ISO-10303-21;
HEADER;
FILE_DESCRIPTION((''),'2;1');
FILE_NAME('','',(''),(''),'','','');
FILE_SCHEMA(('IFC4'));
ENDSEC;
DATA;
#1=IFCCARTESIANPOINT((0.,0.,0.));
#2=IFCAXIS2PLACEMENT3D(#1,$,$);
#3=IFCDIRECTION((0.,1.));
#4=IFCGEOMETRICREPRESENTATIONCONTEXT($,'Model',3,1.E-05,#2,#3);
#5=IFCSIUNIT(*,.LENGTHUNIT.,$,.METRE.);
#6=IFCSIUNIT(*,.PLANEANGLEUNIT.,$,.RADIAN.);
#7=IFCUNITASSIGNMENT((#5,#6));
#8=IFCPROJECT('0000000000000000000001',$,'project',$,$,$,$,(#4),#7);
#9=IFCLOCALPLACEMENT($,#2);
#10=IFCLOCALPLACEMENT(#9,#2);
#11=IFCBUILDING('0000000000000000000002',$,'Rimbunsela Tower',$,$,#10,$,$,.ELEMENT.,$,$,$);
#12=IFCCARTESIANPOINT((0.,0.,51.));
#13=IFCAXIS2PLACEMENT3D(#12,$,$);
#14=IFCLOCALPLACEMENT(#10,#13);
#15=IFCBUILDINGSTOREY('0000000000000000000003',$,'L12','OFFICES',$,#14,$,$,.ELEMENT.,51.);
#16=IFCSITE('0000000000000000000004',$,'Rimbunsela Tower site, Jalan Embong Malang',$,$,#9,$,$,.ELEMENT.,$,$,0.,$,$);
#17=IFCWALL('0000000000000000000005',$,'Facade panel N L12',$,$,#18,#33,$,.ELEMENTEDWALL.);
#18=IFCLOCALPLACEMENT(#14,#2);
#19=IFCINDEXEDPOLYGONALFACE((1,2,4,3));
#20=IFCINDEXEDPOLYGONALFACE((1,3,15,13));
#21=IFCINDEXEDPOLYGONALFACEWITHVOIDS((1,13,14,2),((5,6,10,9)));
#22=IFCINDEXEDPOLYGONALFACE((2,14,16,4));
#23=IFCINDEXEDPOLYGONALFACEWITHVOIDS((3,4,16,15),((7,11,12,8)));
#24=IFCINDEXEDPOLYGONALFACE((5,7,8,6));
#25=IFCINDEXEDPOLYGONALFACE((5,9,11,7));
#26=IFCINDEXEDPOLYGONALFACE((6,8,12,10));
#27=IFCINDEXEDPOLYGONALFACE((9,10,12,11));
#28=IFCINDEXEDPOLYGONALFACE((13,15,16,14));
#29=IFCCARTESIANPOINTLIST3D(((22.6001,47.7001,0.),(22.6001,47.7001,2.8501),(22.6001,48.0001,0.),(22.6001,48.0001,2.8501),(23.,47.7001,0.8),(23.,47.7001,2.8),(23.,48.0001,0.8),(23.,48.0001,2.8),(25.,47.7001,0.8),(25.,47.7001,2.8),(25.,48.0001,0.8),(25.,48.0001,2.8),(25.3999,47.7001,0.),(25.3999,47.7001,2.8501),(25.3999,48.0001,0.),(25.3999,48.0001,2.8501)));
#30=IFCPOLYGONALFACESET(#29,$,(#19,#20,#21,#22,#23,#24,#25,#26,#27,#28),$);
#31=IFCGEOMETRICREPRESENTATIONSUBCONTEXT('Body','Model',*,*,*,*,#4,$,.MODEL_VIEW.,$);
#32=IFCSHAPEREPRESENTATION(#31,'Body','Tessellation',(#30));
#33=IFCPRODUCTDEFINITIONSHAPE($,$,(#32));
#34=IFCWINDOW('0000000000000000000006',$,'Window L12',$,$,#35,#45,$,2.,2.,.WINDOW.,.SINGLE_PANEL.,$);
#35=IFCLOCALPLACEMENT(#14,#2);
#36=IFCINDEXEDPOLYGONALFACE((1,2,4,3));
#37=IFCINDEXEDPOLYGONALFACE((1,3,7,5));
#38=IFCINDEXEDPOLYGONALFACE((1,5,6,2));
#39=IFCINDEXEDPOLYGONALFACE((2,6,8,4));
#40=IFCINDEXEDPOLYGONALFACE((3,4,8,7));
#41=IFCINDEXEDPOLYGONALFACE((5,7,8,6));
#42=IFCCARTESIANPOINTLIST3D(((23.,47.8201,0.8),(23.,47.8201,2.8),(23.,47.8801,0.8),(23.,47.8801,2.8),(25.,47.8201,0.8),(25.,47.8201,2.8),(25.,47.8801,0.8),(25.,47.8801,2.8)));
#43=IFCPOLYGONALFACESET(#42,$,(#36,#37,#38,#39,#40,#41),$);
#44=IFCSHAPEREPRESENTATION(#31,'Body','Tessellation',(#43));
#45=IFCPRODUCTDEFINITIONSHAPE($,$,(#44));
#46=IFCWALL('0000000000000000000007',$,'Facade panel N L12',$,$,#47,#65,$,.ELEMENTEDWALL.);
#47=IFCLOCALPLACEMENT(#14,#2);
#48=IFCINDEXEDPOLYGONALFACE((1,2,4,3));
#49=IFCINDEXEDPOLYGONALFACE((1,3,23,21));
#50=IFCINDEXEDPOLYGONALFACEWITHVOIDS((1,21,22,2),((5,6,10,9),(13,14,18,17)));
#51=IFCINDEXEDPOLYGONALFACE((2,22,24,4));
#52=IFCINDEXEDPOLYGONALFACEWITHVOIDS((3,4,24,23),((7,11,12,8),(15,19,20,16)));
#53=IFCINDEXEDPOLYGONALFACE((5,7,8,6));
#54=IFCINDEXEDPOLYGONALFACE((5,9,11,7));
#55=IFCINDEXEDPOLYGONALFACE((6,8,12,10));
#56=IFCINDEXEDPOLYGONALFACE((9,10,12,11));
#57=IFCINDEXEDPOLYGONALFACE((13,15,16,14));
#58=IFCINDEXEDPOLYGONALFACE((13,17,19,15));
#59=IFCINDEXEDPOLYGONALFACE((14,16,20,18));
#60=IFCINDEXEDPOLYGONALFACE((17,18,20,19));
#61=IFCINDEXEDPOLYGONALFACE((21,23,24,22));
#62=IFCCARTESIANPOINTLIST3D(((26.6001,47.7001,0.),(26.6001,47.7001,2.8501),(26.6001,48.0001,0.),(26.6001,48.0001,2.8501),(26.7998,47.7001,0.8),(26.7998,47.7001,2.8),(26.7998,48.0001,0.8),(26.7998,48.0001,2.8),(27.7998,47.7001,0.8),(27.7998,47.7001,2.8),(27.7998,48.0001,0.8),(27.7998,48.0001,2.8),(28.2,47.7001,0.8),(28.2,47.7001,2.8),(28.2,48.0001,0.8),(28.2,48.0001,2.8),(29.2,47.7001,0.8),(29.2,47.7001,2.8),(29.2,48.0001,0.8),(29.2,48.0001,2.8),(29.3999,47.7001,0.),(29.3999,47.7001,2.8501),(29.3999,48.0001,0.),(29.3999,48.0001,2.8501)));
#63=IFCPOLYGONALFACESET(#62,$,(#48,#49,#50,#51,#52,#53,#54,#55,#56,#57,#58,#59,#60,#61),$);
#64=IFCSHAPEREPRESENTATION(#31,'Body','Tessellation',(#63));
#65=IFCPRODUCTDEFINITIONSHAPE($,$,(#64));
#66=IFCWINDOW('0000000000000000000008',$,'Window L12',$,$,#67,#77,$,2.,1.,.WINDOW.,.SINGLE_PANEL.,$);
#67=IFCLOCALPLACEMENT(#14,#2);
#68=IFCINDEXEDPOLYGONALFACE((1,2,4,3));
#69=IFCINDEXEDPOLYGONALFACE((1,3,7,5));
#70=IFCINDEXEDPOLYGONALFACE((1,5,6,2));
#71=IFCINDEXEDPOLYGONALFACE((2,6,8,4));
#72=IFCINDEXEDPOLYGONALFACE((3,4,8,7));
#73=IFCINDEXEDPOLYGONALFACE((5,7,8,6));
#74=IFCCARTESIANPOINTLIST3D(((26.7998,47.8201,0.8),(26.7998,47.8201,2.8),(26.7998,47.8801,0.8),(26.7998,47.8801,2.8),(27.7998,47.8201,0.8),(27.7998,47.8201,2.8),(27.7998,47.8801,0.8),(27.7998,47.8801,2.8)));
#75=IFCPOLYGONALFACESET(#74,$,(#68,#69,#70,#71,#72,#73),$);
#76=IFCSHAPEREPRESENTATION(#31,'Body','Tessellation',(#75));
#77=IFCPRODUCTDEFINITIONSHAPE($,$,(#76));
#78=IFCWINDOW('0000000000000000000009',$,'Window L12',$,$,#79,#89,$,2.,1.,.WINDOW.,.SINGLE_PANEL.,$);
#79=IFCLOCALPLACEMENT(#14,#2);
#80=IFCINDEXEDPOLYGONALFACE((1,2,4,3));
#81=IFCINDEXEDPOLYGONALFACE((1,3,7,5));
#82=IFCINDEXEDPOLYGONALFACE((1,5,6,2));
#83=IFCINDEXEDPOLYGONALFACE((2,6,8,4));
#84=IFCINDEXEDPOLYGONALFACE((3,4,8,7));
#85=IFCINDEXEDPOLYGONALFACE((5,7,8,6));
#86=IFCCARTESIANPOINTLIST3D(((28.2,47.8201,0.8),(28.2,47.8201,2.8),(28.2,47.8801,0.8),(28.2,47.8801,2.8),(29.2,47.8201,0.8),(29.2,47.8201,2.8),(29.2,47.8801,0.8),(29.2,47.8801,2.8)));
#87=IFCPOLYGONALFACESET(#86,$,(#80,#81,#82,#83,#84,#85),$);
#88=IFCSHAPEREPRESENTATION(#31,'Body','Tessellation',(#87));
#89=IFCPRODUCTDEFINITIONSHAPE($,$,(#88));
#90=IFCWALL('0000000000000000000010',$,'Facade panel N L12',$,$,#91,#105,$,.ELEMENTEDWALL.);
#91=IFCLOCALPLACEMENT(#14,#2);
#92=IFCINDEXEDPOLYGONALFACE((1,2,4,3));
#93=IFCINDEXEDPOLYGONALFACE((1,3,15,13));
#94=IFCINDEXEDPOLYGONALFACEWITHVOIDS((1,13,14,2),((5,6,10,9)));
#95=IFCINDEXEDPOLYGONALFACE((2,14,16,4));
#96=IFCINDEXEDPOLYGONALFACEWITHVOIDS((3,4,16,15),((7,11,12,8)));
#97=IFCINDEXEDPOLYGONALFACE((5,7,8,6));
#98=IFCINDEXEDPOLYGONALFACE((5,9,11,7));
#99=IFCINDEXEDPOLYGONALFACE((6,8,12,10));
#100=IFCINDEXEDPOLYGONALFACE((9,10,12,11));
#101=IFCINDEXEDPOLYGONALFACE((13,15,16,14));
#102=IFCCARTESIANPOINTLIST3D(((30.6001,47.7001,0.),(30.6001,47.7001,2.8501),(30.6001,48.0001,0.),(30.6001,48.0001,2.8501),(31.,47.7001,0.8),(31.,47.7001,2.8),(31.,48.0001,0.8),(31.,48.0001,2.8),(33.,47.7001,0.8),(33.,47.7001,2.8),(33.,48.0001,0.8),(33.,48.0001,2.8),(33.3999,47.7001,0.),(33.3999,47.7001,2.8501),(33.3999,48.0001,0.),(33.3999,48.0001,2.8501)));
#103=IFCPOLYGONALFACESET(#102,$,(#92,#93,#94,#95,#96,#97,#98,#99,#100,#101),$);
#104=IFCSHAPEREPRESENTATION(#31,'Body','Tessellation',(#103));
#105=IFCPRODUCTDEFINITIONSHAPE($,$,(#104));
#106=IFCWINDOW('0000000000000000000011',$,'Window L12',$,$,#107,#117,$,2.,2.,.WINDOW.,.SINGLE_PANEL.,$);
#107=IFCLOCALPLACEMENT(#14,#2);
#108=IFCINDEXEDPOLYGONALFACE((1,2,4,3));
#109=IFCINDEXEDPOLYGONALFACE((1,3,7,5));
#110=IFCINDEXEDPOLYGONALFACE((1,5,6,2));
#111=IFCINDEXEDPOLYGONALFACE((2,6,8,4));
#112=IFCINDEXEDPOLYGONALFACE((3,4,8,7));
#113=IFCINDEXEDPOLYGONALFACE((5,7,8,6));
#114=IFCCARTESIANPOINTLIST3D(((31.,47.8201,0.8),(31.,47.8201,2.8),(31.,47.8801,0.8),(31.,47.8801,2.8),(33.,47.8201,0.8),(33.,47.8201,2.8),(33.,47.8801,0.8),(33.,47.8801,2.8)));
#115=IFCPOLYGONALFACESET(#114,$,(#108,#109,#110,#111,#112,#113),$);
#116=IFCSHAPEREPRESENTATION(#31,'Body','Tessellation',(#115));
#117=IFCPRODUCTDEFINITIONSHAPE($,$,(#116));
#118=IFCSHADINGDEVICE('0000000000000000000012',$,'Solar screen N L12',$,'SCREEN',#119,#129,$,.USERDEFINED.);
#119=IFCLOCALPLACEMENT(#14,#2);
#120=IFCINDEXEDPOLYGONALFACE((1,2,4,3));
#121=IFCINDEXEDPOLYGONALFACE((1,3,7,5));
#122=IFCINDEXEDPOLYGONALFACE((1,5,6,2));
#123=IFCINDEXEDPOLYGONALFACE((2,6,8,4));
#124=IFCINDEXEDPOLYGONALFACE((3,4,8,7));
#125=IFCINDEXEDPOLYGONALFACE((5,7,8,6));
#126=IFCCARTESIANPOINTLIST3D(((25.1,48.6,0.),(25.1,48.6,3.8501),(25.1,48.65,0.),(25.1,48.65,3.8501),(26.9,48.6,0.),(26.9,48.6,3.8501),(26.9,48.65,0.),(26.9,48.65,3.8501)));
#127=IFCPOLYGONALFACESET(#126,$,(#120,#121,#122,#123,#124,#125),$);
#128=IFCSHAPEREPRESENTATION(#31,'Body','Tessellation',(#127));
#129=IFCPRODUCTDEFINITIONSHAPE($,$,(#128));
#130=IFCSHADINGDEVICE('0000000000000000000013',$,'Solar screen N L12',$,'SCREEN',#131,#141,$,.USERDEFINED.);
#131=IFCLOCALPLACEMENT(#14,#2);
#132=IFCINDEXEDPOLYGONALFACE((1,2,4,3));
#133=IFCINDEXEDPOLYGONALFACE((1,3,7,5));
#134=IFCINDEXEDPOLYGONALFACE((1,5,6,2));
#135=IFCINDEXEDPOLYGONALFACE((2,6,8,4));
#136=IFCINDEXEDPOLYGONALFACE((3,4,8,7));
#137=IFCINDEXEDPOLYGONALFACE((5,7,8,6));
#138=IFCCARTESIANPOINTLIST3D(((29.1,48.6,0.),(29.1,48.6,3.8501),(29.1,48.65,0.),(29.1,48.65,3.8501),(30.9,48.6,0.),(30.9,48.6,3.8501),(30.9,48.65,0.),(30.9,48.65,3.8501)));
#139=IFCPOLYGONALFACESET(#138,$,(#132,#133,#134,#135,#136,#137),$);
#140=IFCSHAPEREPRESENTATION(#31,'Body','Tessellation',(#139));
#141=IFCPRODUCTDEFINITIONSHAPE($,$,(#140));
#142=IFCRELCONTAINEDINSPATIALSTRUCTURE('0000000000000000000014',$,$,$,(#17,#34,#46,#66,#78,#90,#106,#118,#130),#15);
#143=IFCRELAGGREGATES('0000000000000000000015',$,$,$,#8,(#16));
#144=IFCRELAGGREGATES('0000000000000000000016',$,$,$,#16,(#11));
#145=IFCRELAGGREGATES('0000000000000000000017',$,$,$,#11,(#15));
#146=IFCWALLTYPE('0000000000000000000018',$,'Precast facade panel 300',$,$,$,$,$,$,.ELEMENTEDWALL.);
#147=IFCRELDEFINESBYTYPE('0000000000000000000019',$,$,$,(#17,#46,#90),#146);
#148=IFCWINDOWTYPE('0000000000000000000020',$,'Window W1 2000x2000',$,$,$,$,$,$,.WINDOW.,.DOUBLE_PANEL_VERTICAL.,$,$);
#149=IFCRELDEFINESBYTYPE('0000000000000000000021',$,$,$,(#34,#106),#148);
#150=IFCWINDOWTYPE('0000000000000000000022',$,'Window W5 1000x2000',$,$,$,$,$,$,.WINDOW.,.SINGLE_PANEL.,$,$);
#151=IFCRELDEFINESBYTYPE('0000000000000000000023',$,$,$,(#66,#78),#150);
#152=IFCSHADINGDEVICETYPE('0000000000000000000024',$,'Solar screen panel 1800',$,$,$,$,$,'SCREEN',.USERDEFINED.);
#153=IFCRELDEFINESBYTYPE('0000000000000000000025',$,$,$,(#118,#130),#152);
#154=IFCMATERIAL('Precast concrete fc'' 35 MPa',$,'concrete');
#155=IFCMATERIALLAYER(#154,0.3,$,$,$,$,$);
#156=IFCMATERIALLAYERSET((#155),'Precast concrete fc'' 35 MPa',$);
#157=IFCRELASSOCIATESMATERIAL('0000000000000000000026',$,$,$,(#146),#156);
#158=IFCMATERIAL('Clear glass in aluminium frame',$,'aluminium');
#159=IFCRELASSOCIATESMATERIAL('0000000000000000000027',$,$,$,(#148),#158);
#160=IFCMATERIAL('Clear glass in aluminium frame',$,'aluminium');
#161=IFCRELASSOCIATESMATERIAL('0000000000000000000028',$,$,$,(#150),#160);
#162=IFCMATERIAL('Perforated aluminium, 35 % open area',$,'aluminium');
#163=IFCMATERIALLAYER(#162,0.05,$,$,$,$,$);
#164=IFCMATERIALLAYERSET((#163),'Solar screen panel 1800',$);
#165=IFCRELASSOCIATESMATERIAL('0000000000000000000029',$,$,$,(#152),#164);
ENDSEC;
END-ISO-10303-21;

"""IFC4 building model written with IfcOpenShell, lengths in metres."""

from ifc_helpers import new_model, si_unit, direction, frame, frame_2d, origin, origin_2d, place, context, subcontext, project, spatial, rectangle, extrude, material, layer, layer_set, type_object, element, fill, save


model = new_model("IFC4")

# Units and contexts
model_context = context("Model", 3, precision=1e-05, world=origin(), true_north=direction((0.0, 1.0)))
body_context = subcontext(model_context, "Body", "Model", "MODEL_VIEW")
ifc_project = project(units=[si_unit("LENGTHUNIT", "METRE"), si_unit("PLANEANGLEUNIT", "RADIAN")], contexts=[model_context])

# Site, building, storey
site_placement = place(None, origin())
site = spatial("IfcSite", under=ifc_project, at=site_placement, Name="Rimbunsela Tower site, Jalan Embong Malang", CompositionType="ELEMENT", RefElevation=0.0)
building_placement = place(site_placement, origin())
building = spatial("IfcBuilding", under=site, at=building_placement, Name="Rimbunsela Tower", CompositionType="ELEMENT")
storey_placement = place(building_placement, frame((0.0, 0.0, 51.0)))
storey = spatial("IfcBuildingStorey", under=building, at=storey_placement, Name="L12", Description="OFFICES", CompositionType="ELEMENT", Elevation=51.0)

# Wall, opening, window
ifc_material_1 = material(Name="Precast concrete fc' 35 MPa", Category="concrete")
ifc_layer_1 = layer(ifc_material_1, 0.3)
ifc_layer_set_1 = layer_set([ifc_layer_1], Name="Precast concrete fc' 35 MPa")
wall_type_1 = type_object("IfcWallType", Name="Precast facade panel 300", PredefinedType="ELEMENTEDWALL", material=ifc_layer_set_1)
wall_1_placement = place(storey_placement, frame((25.3999, 47.8501, 0.0), z_axis=(0.0, 0.0, 1.0), x_axis=(-1.0, 0.0, 0.0)))
wall_1 = element("IfcWall", 1, at=wall_1_placement, inside=storey, type_object=wall_type_1, Name="Facade panel N L12", PredefinedType="ELEMENTEDWALL", context=body_context, shape_type="SweptSolid", body=[
    extrude(rectangle(XDim=2.7998, YDim=0.3, at=frame_2d((1.3999, 0.0))), origin(), (0.0, 0.0, 1.0), 2.8501),
])
opening_1_placement = place(wall_1_placement, frame((0.3999, 0.0, 0.8)))
opening_1 = element("IfcOpeningElement", 2, at=opening_1_placement, cuts=wall_1, PredefinedType="OPENING", context=body_context, shape_type="SweptSolid", body=[
    extrude(rectangle(XDim=2.0, YDim=2.0, at=frame_2d((1.0, 1.0))), frame((0.0, 0.1599, 0.0), z_axis=(0.0, -1.0, 0.0), x_axis=(1.0, 0.0, 0.0)), (0.0, 0.0, 1.0), 0.3201),
])
ifc_material_2 = material(Name="Clear glass in aluminium frame", Category="aluminium")
window_type_1 = type_object("IfcWindowType", Name="Window W1 2000x2000", PartitioningType="DOUBLE_PANEL_VERTICAL", PredefinedType="WINDOW", material=ifc_material_2)
window_1_placement = place(opening_1_placement, origin())
window_1 = element("IfcWindow", 3, at=window_1_placement, inside=storey, type_object=window_type_1, Name="Window L12", OverallHeight=2.0, OverallWidth=2.0, PartitioningType="SINGLE_PANEL", PredefinedType="WINDOW", context=body_context, shape_type="SweptSolid", body=[
    extrude(rectangle(XDim=2.0, YDim=2.0, at=frame_2d((1.0, 1.0))), frame((0.0, 0.03, 0.0), z_axis=(0.0, -1.0, 0.0), x_axis=(1.0, 0.0, 0.0)), (0.0, 0.0, 1.0), 0.0601),
])
fill(opening_1, window_1)

# Wall, openings, windows
wall_2_placement = place(storey_placement, frame((29.3999, 47.8501, 0.0), z_axis=(0.0, 0.0, 1.0), x_axis=(-1.0, 0.0, 0.0)))
wall_2 = element("IfcWall", 4, at=wall_2_placement, inside=storey, type_object=wall_type_1, Name="Facade panel N L12", PredefinedType="ELEMENTEDWALL", context=body_context, shape_type="SweptSolid", body=[
    extrude(rectangle(XDim=2.7998, YDim=0.3, at=frame_2d((1.3999, 0.0))), origin(), (0.0, 0.0, 1.0), 2.8501),
])
opening_2_placement = place(wall_2_placement, frame((1.6001, 0.0, 0.8)))
opening_2 = element("IfcOpeningElement", 5, at=opening_2_placement, cuts=wall_2, PredefinedType="OPENING", context=body_context, shape_type="SweptSolid", body=[
    extrude(rectangle(XDim=1.0, YDim=2.0, at=frame_2d((0.5, 1.0))), frame((0.0, 0.1599, 0.0), z_axis=(0.0, -1.0, 0.0), x_axis=(1.0, 0.0, 0.0)), (0.0, 0.0, 1.0), 0.3201),
])
opening_3_placement = place(wall_2_placement, frame((0.2, 0.0, 0.8)))
opening_3 = element("IfcOpeningElement", 6, at=opening_3_placement, cuts=wall_2, PredefinedType="OPENING", context=body_context, shape_type="SweptSolid", body=[
    extrude(rectangle(XDim=1.0, YDim=2.0, at=frame_2d((0.5, 1.0))), frame((0.0, 0.1599, 0.0), z_axis=(0.0, -1.0, 0.0), x_axis=(1.0, 0.0, 0.0)), (0.0, 0.0, 1.0), 0.3201),
])
ifc_material_3 = material(Name="Clear glass in aluminium frame", Category="aluminium")
window_type_2 = type_object("IfcWindowType", Name="Window W5 1000x2000", PartitioningType="SINGLE_PANEL", PredefinedType="WINDOW", material=ifc_material_3)
window_2_placement = place(opening_2_placement, origin())
window_2 = element("IfcWindow", 7, at=window_2_placement, inside=storey, type_object=window_type_2, Name="Window L12", OverallHeight=2.0, OverallWidth=1.0, PartitioningType="SINGLE_PANEL", PredefinedType="WINDOW", context=body_context, shape_type="SweptSolid", body=[
    extrude(rectangle(XDim=1.0, YDim=2.0, at=frame_2d((0.5, 1.0))), frame((0.0, 0.03, 0.0), z_axis=(0.0, -1.0, 0.0), x_axis=(1.0, 0.0, 0.0)), (0.0, 0.0, 1.0), 0.0601),
])
fill(opening_2, window_2)
window_3_placement = place(opening_3_placement, origin())
window_3 = element("IfcWindow", 8, at=window_3_placement, inside=storey, type_object=window_type_2, Name="Window L12", OverallHeight=2.0, OverallWidth=1.0, PartitioningType="SINGLE_PANEL", PredefinedType="WINDOW", context=body_context, shape_type="SweptSolid", body=[
    extrude(rectangle(XDim=1.0, YDim=2.0, at=frame_2d((0.5, 1.0))), frame((0.0, 0.03, 0.0), z_axis=(0.0, -1.0, 0.0), x_axis=(1.0, 0.0, 0.0)), (0.0, 0.0, 1.0), 0.0601),
])
fill(opening_3, window_3)

# Wall, opening, window
wall_3_placement = place(storey_placement, frame((33.3999, 47.8501, 0.0), z_axis=(0.0, 0.0, 1.0), x_axis=(-1.0, 0.0, 0.0)))
wall_3 = element("IfcWall", 9, at=wall_3_placement, inside=storey, type_object=wall_type_1, Name="Facade panel N L12", PredefinedType="ELEMENTEDWALL", context=body_context, shape_type="SweptSolid", body=[
    extrude(rectangle(XDim=2.7998, YDim=0.3, at=frame_2d((1.3999, 0.0))), origin(), (0.0, 0.0, 1.0), 2.8501),
])
opening_4_placement = place(wall_3_placement, frame((0.3999, 0.0, 0.8)))
opening_4 = element("IfcOpeningElement", 10, at=opening_4_placement, cuts=wall_3, PredefinedType="OPENING", context=body_context, shape_type="SweptSolid", body=[
    extrude(rectangle(XDim=2.0, YDim=2.0, at=frame_2d((1.0, 1.0))), frame((0.0, 0.1599, 0.0), z_axis=(0.0, -1.0, 0.0), x_axis=(1.0, 0.0, 0.0)), (0.0, 0.0, 1.0), 0.3201),
])
window_4_placement = place(opening_4_placement, origin())
window_4 = element("IfcWindow", 11, at=window_4_placement, inside=storey, type_object=window_type_1, Name="Window L12", OverallHeight=2.0, OverallWidth=2.0, PartitioningType="SINGLE_PANEL", PredefinedType="WINDOW", context=body_context, shape_type="SweptSolid", body=[
    extrude(rectangle(XDim=2.0, YDim=2.0, at=frame_2d((1.0, 1.0))), frame((0.0, 0.03, 0.0), z_axis=(0.0, -1.0, 0.0), x_axis=(1.0, 0.0, 0.0)), (0.0, 0.0, 1.0), 0.0601),
])
fill(opening_4, window_4)

# Shading devices
ifc_material_4 = material(Name="Perforated aluminium, 35 % open area", Category="aluminium")
ifc_layer_2 = layer(ifc_material_4, 0.05)
ifc_layer_set_2 = layer_set([ifc_layer_2], Name="Solar screen panel 1800")
shading_device_type = type_object("IfcShadingDeviceType", Name="Solar screen panel 1800", ElementType="SCREEN", PredefinedType="USERDEFINED", material=ifc_layer_set_2)
for number, where, z_axis, x_axis, name in (
    (12, (26.0, 48.625, 0.0), (0.0, 0.0, 1.0), (1.0, 0.0, 0.0), "Solar screen N L12"),
    (13, (30.0, 48.625, 0.0), (0.0, 0.0, 1.0), (1.0, 0.0, 0.0), "Solar screen N L12"),
):
    element("IfcShadingDevice", number, at=place(storey_placement, frame(where, z_axis=z_axis, x_axis=x_axis)), inside=storey, type_object=shading_device_type, Name=name, ObjectType="SCREEN", PredefinedType="USERDEFINED", context=body_context, shape_type="SweptSolid", body=[
        extrude(rectangle(XDim=1.8, YDim=0.05, at=origin_2d()), origin(), (0.0, 0.0, 1.0), 3.8501),
    ])

save(model, "model.ifc")
